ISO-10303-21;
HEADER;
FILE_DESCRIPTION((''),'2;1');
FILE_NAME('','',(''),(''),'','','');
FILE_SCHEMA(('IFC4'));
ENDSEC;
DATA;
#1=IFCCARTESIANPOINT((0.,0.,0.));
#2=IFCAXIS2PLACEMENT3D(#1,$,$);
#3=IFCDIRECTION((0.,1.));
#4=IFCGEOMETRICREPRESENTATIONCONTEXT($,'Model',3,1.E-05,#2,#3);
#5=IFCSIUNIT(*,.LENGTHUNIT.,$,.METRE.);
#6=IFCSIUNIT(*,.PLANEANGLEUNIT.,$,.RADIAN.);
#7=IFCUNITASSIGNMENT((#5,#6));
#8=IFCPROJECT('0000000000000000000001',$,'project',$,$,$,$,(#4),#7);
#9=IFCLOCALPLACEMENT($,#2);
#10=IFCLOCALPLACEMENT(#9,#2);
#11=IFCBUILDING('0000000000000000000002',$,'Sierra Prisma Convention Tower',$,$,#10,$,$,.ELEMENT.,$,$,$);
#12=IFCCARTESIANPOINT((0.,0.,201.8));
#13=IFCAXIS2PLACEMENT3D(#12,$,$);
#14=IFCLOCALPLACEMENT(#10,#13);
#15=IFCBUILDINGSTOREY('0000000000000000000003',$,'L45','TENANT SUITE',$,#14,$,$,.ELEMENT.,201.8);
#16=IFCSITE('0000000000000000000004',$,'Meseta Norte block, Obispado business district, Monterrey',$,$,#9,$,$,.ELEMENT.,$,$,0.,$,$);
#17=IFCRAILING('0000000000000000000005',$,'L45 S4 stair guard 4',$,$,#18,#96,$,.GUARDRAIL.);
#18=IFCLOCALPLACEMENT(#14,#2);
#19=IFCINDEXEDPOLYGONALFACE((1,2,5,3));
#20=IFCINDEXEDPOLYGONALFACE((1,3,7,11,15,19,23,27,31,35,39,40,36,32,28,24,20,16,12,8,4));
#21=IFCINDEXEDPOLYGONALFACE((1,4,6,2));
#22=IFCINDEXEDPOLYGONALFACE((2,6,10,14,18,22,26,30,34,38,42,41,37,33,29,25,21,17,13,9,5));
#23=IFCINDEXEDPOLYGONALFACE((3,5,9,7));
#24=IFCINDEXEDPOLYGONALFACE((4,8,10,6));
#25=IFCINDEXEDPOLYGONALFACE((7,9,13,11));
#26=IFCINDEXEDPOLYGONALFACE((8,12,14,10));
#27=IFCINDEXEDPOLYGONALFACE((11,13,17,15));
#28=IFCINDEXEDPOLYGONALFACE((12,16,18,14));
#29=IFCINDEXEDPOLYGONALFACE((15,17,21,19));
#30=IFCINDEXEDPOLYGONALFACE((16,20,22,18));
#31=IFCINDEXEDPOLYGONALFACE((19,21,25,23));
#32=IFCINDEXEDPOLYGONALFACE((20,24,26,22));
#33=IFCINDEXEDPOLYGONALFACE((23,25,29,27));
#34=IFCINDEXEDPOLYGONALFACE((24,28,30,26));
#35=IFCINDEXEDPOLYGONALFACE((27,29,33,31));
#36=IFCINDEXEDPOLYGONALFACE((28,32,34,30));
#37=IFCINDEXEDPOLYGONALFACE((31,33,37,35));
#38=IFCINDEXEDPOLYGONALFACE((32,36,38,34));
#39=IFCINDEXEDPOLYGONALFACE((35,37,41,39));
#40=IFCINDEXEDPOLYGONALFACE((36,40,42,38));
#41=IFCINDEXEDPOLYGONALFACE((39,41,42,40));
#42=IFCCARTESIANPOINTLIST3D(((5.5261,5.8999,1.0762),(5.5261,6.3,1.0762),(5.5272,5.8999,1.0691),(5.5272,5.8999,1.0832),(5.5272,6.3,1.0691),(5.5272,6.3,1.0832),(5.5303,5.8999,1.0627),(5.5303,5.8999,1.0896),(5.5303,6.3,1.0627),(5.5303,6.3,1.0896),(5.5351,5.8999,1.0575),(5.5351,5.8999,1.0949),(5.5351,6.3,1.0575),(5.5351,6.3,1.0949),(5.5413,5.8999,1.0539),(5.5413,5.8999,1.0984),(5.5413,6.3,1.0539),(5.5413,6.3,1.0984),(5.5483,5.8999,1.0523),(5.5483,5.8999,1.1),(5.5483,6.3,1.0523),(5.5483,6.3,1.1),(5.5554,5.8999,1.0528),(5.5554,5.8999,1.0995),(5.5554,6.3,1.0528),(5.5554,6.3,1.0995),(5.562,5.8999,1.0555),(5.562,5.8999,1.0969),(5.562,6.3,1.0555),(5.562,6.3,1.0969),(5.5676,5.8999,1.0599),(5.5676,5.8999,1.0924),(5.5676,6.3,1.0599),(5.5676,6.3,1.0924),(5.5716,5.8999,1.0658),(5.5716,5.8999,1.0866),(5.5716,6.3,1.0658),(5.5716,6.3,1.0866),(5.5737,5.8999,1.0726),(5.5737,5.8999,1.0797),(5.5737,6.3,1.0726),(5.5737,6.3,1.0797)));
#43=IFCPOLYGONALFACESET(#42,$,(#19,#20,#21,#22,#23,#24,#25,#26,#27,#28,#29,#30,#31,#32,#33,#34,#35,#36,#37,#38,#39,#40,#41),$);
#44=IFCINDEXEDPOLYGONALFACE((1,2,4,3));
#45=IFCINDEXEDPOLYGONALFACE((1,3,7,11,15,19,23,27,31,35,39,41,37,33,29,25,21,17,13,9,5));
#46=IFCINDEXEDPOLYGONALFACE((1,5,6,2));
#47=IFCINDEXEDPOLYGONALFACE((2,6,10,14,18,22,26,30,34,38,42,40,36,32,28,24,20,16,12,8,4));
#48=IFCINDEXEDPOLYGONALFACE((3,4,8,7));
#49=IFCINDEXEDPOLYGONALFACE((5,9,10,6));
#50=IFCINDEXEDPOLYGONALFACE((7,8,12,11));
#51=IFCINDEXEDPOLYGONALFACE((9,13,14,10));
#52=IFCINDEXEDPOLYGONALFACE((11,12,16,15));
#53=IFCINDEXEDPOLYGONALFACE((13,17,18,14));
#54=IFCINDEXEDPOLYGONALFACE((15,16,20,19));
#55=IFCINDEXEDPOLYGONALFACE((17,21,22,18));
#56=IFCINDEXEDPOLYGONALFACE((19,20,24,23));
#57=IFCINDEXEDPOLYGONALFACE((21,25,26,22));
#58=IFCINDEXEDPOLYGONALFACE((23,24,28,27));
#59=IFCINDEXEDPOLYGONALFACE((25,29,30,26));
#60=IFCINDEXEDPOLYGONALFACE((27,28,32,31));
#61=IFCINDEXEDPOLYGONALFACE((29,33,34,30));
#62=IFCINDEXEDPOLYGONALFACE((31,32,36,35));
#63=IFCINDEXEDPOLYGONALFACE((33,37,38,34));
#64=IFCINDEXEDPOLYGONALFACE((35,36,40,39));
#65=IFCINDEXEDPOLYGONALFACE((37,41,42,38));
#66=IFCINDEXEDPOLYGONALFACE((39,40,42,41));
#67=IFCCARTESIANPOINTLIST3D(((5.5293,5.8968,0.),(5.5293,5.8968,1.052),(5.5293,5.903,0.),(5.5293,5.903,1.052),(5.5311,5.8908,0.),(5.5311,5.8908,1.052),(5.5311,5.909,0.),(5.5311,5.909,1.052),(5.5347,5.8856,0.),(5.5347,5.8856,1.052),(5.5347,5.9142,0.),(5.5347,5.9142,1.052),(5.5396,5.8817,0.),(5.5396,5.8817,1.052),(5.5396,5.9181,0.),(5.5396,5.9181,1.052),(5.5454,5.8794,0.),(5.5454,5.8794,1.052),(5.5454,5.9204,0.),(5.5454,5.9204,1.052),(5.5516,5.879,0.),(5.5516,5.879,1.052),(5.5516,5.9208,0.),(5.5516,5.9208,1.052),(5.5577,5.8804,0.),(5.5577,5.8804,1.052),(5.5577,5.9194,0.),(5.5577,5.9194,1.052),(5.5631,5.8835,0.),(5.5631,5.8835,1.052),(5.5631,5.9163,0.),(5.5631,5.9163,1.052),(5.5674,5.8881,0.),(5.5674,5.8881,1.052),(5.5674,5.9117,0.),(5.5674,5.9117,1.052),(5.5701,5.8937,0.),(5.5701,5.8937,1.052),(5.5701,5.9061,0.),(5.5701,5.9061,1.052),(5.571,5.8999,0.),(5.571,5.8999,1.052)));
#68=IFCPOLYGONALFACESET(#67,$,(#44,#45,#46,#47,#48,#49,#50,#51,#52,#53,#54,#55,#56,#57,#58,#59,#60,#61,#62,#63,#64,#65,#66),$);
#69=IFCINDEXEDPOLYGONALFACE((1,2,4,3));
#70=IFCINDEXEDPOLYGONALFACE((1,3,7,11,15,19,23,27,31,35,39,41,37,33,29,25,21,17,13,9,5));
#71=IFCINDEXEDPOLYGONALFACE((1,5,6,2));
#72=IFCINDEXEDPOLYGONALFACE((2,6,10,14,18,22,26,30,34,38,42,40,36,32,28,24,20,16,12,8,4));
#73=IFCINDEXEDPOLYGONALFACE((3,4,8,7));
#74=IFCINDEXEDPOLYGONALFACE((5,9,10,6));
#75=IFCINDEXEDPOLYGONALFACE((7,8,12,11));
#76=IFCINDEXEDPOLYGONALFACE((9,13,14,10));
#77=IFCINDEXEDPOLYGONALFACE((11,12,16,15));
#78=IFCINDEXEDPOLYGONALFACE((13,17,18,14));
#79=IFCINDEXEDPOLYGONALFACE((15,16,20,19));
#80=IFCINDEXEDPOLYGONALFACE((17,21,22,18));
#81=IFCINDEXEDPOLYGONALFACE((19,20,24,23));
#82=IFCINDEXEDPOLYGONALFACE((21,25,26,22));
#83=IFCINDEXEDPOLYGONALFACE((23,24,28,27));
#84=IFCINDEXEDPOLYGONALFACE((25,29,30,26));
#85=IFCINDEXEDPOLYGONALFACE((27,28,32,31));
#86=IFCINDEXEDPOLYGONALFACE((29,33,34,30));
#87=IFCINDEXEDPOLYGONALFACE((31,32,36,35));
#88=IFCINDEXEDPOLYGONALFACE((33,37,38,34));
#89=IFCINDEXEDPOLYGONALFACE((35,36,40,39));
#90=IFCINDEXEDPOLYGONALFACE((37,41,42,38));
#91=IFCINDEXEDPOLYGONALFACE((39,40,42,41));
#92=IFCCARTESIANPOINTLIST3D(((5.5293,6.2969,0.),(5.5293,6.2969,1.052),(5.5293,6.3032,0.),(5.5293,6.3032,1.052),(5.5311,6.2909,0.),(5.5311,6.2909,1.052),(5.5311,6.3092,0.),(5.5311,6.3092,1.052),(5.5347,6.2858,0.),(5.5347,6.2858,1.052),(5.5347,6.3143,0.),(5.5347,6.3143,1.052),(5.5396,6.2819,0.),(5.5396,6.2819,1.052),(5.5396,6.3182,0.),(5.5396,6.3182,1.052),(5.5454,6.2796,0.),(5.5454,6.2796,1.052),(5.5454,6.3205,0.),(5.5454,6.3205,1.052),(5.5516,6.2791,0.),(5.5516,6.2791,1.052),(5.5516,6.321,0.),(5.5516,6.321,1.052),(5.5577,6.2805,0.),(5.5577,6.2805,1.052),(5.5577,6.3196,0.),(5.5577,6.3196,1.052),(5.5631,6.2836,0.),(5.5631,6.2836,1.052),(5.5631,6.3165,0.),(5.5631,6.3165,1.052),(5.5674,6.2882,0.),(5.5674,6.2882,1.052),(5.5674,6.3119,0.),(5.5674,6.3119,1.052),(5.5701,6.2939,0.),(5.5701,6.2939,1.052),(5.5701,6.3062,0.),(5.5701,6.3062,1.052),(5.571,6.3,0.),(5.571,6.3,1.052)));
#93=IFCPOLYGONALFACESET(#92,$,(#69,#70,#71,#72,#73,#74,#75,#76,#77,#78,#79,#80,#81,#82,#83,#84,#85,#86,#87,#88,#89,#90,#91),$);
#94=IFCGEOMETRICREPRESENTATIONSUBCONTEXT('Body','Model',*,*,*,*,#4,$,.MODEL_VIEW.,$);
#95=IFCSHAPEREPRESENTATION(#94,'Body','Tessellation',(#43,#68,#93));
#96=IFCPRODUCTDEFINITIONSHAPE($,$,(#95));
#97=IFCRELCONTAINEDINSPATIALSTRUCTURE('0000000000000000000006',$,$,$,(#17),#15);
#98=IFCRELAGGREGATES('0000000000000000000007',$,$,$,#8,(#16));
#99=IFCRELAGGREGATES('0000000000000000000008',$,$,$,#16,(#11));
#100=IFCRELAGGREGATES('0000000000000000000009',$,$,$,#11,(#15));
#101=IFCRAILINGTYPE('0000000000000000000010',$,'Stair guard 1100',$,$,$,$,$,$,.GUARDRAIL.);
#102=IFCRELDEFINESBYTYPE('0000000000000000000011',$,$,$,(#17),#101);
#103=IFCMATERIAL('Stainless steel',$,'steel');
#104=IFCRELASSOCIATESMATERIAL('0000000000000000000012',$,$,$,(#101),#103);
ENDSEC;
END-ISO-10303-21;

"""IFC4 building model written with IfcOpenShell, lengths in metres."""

from ifc_helpers import new_model, si_unit, direction, frame, origin, origin_2d, place, context, subcontext, project, spatial, circle, extrude, material, type_object, element, save


model = new_model("IFC4")

# Units and contexts
model_context = context("Model", 3, precision=1e-05, world=origin(), true_north=direction((0.0, 1.0)))
body_context = subcontext(model_context, "Body", "Model", "MODEL_VIEW")
ifc_project = project(units=[si_unit("LENGTHUNIT", "METRE"), si_unit("PLANEANGLEUNIT", "RADIAN")], contexts=[model_context])

# Site, building, storey
site_placement = place(None, origin())
site = spatial("IfcSite", under=ifc_project, at=site_placement, Name="Meseta Norte block, Obispado business district, Monterrey", CompositionType="ELEMENT", RefElevation=0.0)
building_placement = place(site_placement, origin())
building = spatial("IfcBuilding", under=site, at=building_placement, Name="Sierra Prisma Convention Tower", CompositionType="ELEMENT")
storey_placement = place(building_placement, frame((0.0, 0.0, 201.8)))
storey = spatial("IfcBuildingStorey", under=building, at=storey_placement, Name="L45", Description="TENANT SUITE", CompositionType="ELEMENT", Elevation=201.8)

# Railing
ifc_material_1 = material(Name="Stainless steel", Category="steel")
railing_type_1 = type_object("IfcRailingType", Name="Stair guard 1100", PredefinedType="GUARDRAIL", material=ifc_material_1)
railing_1_placement = place(storey_placement, frame((5.55, 5.8999, 0.0)))
element("IfcRailing", 1, at=railing_1_placement, inside=storey, type_object=railing_type_1, Name="L45 S4 stair guard 4", PredefinedType="GUARDRAIL", context=body_context, shape_type="SweptSolid", body=[
    extrude(circle(Radius=0.0239, at=origin_2d()), frame((0.0, 0.0, 1.0762), z_axis=(0.0, 1.0, 0.0), x_axis=(-1.0, 0.0, 0.0)), (0.0, 0.0, 1.0), 0.4001),
    extrude(circle(Radius=0.021, at=origin_2d()), origin(), (0.0, 0.0, 1.0), 1.052),
    extrude(circle(Radius=0.021, at=origin_2d()), frame((0.0, 0.4001, 0.0)), (0.0, 0.0, 1.0), 1.052),
])

save(model, "model.ifc")
